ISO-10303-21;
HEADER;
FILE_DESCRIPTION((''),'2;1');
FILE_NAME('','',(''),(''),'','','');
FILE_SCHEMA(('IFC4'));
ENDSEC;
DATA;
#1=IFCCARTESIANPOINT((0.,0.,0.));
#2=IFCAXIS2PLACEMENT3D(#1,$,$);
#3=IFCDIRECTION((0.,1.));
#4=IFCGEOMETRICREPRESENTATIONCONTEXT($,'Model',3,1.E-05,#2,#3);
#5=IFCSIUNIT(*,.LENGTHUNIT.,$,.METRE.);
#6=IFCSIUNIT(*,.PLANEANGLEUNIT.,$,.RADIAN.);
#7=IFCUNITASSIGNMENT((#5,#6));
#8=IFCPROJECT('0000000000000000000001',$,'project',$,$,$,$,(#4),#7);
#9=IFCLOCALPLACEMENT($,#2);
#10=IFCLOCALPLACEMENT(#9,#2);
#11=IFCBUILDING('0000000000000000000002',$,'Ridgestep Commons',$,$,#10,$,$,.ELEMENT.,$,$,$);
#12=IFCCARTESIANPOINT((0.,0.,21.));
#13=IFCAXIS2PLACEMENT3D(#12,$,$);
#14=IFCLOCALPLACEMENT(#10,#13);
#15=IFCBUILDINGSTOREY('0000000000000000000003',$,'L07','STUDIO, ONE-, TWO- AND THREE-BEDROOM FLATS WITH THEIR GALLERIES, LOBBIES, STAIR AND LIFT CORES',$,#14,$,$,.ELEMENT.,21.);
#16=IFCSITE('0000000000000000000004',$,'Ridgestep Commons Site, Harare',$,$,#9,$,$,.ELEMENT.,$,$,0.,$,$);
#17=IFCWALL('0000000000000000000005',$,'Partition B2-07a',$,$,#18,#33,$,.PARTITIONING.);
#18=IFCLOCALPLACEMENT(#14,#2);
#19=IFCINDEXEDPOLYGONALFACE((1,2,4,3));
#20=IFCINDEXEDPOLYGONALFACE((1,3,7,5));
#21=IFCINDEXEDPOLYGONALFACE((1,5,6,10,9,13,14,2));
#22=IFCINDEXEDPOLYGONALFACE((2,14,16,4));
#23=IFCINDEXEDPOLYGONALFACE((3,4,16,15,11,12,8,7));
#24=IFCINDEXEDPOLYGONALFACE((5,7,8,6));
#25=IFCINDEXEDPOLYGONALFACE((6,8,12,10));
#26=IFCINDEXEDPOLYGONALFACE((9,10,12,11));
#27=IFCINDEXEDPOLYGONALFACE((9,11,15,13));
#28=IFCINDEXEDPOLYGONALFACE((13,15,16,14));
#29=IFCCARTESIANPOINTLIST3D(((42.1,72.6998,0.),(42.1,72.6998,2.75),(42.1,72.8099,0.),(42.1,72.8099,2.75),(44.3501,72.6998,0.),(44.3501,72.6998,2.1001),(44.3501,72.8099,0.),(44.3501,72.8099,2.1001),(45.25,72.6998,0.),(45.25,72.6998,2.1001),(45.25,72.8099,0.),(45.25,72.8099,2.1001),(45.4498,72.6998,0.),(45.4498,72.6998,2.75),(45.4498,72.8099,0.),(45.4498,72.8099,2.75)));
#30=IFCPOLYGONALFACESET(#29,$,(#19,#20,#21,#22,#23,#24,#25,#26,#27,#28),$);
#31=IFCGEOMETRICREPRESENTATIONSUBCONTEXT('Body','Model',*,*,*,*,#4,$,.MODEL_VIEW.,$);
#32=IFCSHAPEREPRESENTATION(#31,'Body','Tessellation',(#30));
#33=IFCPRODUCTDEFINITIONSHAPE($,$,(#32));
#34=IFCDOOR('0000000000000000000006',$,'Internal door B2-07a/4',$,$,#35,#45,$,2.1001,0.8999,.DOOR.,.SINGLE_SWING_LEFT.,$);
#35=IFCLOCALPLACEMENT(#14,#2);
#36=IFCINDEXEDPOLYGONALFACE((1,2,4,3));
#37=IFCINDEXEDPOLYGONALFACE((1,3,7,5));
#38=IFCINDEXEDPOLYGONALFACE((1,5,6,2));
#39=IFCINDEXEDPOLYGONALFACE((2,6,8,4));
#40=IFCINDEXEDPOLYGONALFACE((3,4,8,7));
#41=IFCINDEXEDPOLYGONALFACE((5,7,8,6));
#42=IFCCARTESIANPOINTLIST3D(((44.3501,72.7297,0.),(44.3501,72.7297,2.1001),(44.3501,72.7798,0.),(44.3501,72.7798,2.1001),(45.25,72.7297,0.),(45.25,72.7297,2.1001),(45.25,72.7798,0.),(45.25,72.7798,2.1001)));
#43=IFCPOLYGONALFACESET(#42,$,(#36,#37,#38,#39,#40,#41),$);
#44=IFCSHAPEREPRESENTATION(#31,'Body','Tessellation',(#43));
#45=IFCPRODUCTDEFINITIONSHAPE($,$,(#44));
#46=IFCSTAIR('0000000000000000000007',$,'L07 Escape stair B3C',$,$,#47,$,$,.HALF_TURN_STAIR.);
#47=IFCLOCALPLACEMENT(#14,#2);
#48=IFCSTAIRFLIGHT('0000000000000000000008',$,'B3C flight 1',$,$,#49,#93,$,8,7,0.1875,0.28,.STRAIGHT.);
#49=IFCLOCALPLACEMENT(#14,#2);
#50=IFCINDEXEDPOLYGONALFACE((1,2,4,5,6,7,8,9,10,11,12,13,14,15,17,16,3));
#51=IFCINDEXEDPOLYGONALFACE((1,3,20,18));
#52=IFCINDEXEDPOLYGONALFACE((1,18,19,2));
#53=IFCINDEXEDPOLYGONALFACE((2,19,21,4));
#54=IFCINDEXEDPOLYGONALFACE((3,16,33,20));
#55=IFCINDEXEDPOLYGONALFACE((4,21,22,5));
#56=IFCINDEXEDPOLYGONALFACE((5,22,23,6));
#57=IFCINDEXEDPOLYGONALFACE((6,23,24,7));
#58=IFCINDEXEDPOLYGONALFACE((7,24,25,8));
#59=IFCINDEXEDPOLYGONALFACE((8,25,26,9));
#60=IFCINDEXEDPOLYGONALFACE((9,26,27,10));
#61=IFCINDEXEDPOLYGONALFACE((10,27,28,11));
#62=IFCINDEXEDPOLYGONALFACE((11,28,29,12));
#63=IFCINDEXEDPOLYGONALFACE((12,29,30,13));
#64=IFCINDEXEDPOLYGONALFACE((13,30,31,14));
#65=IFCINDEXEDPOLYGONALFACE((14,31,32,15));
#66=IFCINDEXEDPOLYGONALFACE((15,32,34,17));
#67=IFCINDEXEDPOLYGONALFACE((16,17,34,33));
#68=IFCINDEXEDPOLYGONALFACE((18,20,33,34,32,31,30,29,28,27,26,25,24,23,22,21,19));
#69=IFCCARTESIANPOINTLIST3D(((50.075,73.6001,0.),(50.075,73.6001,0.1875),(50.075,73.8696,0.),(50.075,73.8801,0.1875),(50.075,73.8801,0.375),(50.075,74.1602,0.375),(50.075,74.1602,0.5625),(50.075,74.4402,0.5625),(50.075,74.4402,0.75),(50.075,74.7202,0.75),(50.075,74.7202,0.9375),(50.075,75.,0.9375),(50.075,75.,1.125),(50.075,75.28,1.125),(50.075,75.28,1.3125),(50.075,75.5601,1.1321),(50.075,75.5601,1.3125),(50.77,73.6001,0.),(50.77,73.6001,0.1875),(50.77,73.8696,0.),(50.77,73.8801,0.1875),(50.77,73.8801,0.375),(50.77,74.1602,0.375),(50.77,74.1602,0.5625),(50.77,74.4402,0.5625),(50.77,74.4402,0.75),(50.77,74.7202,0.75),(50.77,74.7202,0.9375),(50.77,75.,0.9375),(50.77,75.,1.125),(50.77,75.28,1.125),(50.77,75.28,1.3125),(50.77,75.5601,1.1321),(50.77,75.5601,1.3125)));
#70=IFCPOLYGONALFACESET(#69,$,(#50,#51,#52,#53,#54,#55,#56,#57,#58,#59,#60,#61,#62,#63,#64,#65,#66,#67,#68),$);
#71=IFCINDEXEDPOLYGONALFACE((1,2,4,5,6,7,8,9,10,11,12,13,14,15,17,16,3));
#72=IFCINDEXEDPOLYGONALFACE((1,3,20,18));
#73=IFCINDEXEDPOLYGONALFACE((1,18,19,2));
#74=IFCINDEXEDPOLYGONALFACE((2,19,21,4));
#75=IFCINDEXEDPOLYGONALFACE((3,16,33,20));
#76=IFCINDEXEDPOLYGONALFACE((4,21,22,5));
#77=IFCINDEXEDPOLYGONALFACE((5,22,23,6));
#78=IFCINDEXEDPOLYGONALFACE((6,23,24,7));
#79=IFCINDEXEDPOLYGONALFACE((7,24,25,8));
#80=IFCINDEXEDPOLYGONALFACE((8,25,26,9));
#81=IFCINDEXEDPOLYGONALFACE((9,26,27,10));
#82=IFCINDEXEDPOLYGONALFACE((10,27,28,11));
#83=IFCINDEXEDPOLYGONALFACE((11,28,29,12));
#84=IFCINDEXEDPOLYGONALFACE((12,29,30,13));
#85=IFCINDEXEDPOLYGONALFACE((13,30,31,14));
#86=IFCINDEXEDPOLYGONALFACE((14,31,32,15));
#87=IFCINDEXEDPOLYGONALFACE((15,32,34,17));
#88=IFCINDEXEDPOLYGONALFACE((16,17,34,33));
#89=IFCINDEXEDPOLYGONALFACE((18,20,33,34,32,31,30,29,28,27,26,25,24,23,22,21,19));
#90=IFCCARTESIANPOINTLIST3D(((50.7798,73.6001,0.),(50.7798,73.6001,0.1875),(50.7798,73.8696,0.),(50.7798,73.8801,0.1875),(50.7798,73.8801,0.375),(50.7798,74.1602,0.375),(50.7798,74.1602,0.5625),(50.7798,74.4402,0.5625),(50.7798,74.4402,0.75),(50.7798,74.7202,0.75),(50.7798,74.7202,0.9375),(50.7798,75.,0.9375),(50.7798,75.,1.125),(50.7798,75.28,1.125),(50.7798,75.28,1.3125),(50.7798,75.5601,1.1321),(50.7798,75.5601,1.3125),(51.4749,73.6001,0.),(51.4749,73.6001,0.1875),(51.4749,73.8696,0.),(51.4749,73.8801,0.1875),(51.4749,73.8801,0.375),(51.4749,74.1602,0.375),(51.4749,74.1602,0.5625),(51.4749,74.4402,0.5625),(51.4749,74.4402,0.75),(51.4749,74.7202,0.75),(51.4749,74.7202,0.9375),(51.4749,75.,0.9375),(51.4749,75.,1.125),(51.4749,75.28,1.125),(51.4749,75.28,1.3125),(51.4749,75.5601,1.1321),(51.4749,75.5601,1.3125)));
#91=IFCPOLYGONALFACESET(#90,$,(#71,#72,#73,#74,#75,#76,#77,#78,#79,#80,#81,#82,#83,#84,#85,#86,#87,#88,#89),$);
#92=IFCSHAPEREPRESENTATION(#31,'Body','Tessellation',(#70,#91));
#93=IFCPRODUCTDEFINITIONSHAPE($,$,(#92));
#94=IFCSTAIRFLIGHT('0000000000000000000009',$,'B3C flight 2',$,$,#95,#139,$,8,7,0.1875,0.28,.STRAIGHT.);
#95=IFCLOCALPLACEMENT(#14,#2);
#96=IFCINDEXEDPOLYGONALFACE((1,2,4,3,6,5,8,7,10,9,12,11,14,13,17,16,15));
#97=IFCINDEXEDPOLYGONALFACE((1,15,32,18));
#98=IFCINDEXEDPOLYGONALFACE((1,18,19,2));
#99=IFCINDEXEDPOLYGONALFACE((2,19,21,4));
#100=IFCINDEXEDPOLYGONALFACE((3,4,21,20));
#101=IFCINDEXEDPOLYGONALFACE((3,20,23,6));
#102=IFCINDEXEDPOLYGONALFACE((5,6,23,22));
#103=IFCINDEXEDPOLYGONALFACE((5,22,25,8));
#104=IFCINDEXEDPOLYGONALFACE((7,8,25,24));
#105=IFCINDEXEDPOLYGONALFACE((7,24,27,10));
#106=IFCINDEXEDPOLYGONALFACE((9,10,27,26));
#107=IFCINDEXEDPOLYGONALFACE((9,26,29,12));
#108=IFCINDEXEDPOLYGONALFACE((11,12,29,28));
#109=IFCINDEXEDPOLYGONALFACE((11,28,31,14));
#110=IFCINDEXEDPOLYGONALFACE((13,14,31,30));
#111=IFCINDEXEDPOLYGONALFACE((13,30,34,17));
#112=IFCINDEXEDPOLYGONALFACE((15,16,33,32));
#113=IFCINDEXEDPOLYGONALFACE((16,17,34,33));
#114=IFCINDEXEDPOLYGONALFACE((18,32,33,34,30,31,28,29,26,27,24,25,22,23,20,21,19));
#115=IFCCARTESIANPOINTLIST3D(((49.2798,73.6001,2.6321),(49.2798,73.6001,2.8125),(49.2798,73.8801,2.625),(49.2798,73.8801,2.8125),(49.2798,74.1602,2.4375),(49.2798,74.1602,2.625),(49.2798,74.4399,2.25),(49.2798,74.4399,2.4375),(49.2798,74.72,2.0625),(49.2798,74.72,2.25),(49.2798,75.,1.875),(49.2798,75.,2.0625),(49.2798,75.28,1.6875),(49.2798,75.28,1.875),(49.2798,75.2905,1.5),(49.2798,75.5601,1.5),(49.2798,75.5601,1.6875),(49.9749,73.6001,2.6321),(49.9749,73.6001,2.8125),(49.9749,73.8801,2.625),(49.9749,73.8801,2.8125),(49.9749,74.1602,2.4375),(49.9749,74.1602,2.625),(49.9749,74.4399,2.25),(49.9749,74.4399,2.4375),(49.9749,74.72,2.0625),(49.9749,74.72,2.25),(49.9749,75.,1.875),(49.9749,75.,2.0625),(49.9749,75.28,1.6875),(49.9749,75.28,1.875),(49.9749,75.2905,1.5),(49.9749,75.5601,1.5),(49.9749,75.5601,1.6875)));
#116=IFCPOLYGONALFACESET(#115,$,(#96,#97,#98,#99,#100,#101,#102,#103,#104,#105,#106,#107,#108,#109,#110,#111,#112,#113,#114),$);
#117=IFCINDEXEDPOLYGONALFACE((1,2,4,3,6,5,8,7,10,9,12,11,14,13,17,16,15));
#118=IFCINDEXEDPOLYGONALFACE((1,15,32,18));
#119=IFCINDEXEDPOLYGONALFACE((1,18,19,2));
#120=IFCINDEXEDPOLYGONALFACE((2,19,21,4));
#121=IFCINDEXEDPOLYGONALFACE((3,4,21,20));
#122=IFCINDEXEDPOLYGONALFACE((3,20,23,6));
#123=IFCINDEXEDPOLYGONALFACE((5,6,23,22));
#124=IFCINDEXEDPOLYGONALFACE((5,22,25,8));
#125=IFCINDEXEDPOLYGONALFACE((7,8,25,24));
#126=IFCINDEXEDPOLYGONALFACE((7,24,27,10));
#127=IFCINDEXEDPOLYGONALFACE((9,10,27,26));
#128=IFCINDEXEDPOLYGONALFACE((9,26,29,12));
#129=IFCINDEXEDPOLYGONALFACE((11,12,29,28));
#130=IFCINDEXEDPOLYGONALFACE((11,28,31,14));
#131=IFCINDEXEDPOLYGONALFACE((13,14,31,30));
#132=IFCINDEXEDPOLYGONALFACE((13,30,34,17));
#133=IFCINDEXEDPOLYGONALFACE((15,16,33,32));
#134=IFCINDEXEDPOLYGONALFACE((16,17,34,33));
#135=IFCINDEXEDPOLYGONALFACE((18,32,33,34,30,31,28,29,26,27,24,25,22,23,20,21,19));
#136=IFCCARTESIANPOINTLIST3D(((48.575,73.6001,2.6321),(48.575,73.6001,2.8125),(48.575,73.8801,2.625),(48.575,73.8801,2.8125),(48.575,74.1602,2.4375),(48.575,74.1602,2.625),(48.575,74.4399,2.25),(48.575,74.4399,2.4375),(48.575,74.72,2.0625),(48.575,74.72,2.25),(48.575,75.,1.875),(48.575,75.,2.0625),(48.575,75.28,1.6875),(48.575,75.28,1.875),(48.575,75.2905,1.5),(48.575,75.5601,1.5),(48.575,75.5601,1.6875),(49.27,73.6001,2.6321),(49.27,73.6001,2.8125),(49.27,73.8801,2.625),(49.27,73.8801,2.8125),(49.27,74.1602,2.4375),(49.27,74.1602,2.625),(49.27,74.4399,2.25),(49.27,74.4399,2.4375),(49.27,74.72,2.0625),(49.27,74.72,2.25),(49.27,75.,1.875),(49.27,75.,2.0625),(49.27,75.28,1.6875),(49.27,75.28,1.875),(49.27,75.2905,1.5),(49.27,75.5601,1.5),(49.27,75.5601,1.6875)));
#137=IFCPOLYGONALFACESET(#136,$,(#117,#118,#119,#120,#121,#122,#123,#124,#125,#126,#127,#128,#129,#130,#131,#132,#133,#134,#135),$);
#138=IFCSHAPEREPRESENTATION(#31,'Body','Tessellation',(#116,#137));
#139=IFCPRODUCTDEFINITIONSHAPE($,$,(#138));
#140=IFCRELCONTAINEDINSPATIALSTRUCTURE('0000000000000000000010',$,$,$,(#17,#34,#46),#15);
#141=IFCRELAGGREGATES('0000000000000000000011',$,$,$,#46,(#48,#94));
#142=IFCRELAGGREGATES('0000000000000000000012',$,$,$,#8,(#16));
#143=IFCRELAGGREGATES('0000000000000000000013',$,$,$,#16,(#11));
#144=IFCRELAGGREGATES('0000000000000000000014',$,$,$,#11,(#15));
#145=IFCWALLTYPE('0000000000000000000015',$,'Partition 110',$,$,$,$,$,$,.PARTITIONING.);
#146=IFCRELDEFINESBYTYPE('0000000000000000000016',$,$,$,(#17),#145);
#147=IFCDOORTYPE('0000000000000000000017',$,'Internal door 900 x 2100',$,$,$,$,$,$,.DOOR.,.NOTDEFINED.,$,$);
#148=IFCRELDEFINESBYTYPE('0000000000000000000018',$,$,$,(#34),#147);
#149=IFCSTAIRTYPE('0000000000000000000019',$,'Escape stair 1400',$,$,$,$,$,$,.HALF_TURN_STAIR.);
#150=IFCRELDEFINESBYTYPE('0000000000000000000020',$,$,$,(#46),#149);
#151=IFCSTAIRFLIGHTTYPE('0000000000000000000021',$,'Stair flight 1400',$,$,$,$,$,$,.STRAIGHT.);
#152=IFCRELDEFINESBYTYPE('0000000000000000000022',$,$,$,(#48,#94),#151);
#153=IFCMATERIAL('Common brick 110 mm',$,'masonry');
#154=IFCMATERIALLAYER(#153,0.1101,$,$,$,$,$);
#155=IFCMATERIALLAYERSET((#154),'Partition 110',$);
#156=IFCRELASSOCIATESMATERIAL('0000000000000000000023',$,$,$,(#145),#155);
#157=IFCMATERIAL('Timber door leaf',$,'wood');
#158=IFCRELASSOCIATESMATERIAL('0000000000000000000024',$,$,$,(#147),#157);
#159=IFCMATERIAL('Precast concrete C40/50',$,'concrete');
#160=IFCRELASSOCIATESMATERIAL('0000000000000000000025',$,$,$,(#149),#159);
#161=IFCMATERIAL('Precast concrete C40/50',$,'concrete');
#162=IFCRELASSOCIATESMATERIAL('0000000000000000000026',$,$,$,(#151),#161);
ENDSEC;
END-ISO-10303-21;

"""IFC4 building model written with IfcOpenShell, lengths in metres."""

from ifc_helpers import new_model, si_unit, direction, frame, frame_2d, origin, place, context, subcontext, project, spatial, polyline, rectangle, outline, extrude, material, layer, layer_set, type_object, element, fill, aggregate, save


model = new_model("IFC4")

# Units and contexts
model_context = context("Model", 3, precision=1e-05, world=origin(), true_north=direction((0.0, 1.0)))
body_context = subcontext(model_context, "Body", "Model", "MODEL_VIEW")
ifc_project = project(units=[si_unit("LENGTHUNIT", "METRE"), si_unit("PLANEANGLEUNIT", "RADIAN")], contexts=[model_context])

# Site, building, storey
site_placement = place(None, origin())
site = spatial("IfcSite", under=ifc_project, at=site_placement, Name="Ridgestep Commons Site, Harare", CompositionType="ELEMENT", RefElevation=0.0)
building_placement = place(site_placement, origin())
building = spatial("IfcBuilding", under=site, at=building_placement, Name="Ridgestep Commons", CompositionType="ELEMENT")
storey_placement = place(building_placement, frame((0.0, 0.0, 21.0)))
storey = spatial("IfcBuildingStorey", under=building, at=storey_placement, Name="L07", Description="STUDIO, ONE-, TWO- AND THREE-BEDROOM FLATS WITH THEIR GALLERIES, LOBBIES, STAIR AND LIFT CORES", CompositionType="ELEMENT", Elevation=21.0)

# Wall, opening, door
ifc_material_1 = material(Name="Common brick 110 mm", Category="masonry")
ifc_layer_1 = layer(ifc_material_1, 0.1101)
ifc_layer_set_1 = layer_set([ifc_layer_1], Name="Partition 110")
wall_type_1 = type_object("IfcWallType", Name="Partition 110", PredefinedType="PARTITIONING", material=ifc_layer_set_1)
wall_1_placement = place(storey_placement, frame((42.1001, 72.7549, 0.0), z_axis=(0.0, 0.0, 1.0), x_axis=(1.0, 0.0, 0.0)))
wall_1 = element("IfcWall", 1, at=wall_1_placement, inside=storey, type_object=wall_type_1, Name="Partition B2-07a", PredefinedType="PARTITIONING", context=body_context, shape_type="SweptSolid", body=[
    extrude(rectangle(XDim=3.3499, YDim=0.1101, at=frame_2d((1.6748, 0.0))), origin(), (0.0, 0.0, 1.0), 2.75),
])
opening_1_placement = place(wall_1_placement, frame((2.25, 0.0, 0.0)))
opening_1 = element("IfcOpeningElement", 2, at=opening_1_placement, cuts=wall_1, PredefinedType="OPENING", context=body_context, shape_type="SweptSolid", body=[
    extrude(rectangle(XDim=0.8999, YDim=2.1001, at=frame_2d((0.45, 1.05))), frame((0.0, 0.0649, 0.0), z_axis=(0.0, -1.0, 0.0), x_axis=(1.0, 0.0, 0.0)), (0.0, 0.0, 1.0), 0.1301),
])
ifc_material_2 = material(Name="Timber door leaf", Category="wood")
door_type_1 = type_object("IfcDoorType", Name="Internal door 900 x 2100", OperationType="NOTDEFINED", PredefinedType="DOOR", material=ifc_material_2)
door_1_placement = place(opening_1_placement, origin())
door_1 = element("IfcDoor", 3, at=door_1_placement, inside=storey, type_object=door_type_1, Name="Internal door B2-07a/4", OperationType="SINGLE_SWING_LEFT", OverallHeight=2.1001, OverallWidth=0.8999, PredefinedType="DOOR", context=body_context, shape_type="SweptSolid", body=[
    extrude(rectangle(XDim=0.8999, YDim=2.1001, at=frame_2d((0.45, 1.05))), frame((0.0, 0.0249, 0.0), z_axis=(0.0, -1.0, 0.0), x_axis=(1.0, 0.0, 0.0)), (0.0, 0.0, 1.0), 0.05),
])
fill(opening_1, door_1)

# Stair, stair flights
ifc_material_3 = material(Name="Precast concrete C40/50", Category="concrete")
stair_type = type_object("IfcStairType", Name="Escape stair 1400", PredefinedType="HALF_TURN_STAIR", material=ifc_material_3)
stair_placement = place(storey_placement, origin())
stair = element("IfcStair", 4, at=stair_placement, inside=storey, type_object=stair_type, Name="L07 Escape stair B3C", PredefinedType="HALF_TURN_STAIR")
ifc_material_4 = material(Name="Precast concrete C40/50", Category="concrete")
stair_flight_type = type_object("IfcStairFlightType", Name="Stair flight 1400", PredefinedType="STRAIGHT", material=ifc_material_4)
stair_flight_1_placement = place(storey_placement, frame((50.7749, 73.6001, 0.0), z_axis=(0.0, 0.0, 1.0), x_axis=(0.0, 1.0, 0.0)))
stair_flight_1 = element("IfcStairFlight", 5, at=stair_flight_1_placement, type_object=stair_flight_type, Name="B3C flight 1", NumberOfRisers=8, NumberOfTreads=7, PredefinedType="STRAIGHT", RiserHeight=0.1875, TreadLength=0.28, context=body_context, shape_type="SweptSolid", body=[
    extrude(outline(polyline([(0.0, 0.0), (0.0, 0.1875), (0.28, 0.1875), (0.28, 0.375), (0.5601, 0.375), (0.5601, 0.5625), (0.8401, 0.5625), (0.8401, 0.75), (1.1201, 0.75), (1.1201, 0.9375), (1.3999, 0.9375), (1.3999, 1.125), (1.6799, 1.125), (1.6799, 1.3125), (1.96, 1.3125), (1.96, 1.5), (1.96, 1.1321), (0.2695, 0.0), (0.0, 0.0)])), frame((0.0, 0.7, 0.0), z_axis=(0.0, -1.0, 0.0), x_axis=(1.0, 0.0, 0.0)), (0.0, 0.0, 1.0), 0.6951),
    extrude(outline(polyline([(0.0, 0.0), (0.0, 0.1875), (0.28, 0.1875), (0.28, 0.375), (0.5601, 0.375), (0.5601, 0.5625), (0.8401, 0.5625), (0.8401, 0.75), (1.1201, 0.75), (1.1201, 0.9375), (1.3999, 0.9375), (1.3999, 1.125), (1.6799, 1.125), (1.6799, 1.3125), (1.96, 1.3125), (1.96, 1.5), (1.96, 1.1321), (0.2695, 0.0), (0.0, 0.0)])), frame((0.0, -0.0049, 0.0), z_axis=(0.0, -1.0, 0.0), x_axis=(1.0, 0.0, 0.0)), (0.0, 0.0, 1.0), 0.6951),
])
stair_flight_2_placement = place(storey_placement, frame((49.2749, 75.5601, 1.5), z_axis=(0.0, 0.0, 1.0), x_axis=(0.0, -1.0, 0.0)))
stair_flight_2 = element("IfcStairFlight", 6, at=stair_flight_2_placement, type_object=stair_flight_type, Name="B3C flight 2", NumberOfRisers=8, NumberOfTreads=7, PredefinedType="STRAIGHT", RiserHeight=0.1875, TreadLength=0.28, context=body_context, shape_type="SweptSolid", body=[
    extrude(outline(polyline([(0.0, 0.0), (0.0, 0.1875), (0.28, 0.1875), (0.28, 0.375), (0.5601, 0.375), (0.5601, 0.5625), (0.8401, 0.5625), (0.8401, 0.75), (1.1201, 0.75), (1.1201, 0.9375), (1.3999, 0.9375), (1.3999, 1.125), (1.6799, 1.125), (1.6799, 1.3125), (1.96, 1.3125), (1.96, 1.5), (1.96, 1.1321), (0.2695, 0.0), (0.0, 0.0)])), frame((0.0, 0.7, 0.0), z_axis=(0.0, -1.0, 0.0), x_axis=(1.0, 0.0, 0.0)), (0.0, 0.0, 1.0), 0.6951),
    extrude(outline(polyline([(0.0, 0.0), (0.0, 0.1875), (0.28, 0.1875), (0.28, 0.375), (0.5601, 0.375), (0.5601, 0.5625), (0.8401, 0.5625), (0.8401, 0.75), (1.1201, 0.75), (1.1201, 0.9375), (1.3999, 0.9375), (1.3999, 1.125), (1.6799, 1.125), (1.6799, 1.3125), (1.96, 1.3125), (1.96, 1.5), (1.96, 1.1321), (0.2695, 0.0), (0.0, 0.0)])), frame((0.0, -0.0049, 0.0), z_axis=(0.0, -1.0, 0.0), x_axis=(1.0, 0.0, 0.0)), (0.0, 0.0, 1.0), 0.6951),
])
aggregate(stair, [stair_flight_1, stair_flight_2])

save(model, "model.ifc")
